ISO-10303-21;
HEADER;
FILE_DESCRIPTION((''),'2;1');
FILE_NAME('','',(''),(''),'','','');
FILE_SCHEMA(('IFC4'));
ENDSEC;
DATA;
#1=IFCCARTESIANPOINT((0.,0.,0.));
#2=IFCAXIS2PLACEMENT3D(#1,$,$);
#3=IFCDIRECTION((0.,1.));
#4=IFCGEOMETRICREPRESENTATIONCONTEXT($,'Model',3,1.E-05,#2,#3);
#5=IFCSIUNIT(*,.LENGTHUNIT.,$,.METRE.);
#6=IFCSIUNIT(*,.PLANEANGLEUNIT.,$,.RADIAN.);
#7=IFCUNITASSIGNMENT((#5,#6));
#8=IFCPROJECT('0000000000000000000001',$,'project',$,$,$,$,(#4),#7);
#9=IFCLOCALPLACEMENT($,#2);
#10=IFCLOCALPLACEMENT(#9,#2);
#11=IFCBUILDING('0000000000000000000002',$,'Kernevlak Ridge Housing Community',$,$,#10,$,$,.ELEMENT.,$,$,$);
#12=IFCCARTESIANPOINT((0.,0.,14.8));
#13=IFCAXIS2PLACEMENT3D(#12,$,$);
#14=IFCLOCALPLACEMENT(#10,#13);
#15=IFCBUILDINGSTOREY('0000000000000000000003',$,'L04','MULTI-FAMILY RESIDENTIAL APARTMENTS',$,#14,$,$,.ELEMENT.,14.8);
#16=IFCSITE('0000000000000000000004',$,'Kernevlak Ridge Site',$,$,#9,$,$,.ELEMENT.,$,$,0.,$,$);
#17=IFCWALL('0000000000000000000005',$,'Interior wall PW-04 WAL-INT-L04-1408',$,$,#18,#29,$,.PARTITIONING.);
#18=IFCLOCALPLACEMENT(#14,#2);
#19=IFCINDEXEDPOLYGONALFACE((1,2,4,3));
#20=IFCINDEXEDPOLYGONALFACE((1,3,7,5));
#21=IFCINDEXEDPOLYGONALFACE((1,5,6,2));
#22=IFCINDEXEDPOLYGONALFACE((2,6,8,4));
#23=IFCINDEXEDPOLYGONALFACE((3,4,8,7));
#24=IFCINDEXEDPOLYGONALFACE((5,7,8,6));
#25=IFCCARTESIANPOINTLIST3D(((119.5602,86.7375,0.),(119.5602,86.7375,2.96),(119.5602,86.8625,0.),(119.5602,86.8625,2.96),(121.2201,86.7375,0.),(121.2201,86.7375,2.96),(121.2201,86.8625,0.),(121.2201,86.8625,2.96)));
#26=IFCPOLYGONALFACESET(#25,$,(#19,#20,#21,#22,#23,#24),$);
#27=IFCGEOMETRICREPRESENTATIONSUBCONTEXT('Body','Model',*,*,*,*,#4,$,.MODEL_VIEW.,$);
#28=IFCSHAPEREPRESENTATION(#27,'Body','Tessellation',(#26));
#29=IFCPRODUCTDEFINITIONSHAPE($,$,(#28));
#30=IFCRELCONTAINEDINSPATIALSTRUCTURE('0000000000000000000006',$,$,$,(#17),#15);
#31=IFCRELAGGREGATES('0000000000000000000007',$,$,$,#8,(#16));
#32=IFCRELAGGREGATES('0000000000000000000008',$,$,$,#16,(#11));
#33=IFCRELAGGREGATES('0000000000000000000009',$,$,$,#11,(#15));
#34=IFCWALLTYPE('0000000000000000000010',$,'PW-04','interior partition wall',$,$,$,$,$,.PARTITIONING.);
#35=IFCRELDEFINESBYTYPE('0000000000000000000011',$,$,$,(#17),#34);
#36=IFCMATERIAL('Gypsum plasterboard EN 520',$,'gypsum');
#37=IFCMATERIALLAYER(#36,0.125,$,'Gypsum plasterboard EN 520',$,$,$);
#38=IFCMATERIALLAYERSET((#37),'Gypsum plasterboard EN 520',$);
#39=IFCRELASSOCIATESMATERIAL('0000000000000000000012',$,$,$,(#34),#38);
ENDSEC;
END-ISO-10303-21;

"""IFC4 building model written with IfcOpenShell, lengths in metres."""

from ifc_helpers import new_model, si_unit, direction, frame, frame_2d, origin, place, context, subcontext, project, spatial, rectangle, extrude, material, layer, layer_set, type_object, element, save


model = new_model("IFC4")

# Units and contexts
model_context = context("Model", 3, precision=1e-05, world=origin(), true_north=direction((0.0, 1.0)))
body_context = subcontext(model_context, "Body", "Model", "MODEL_VIEW")
ifc_project = project(units=[si_unit("LENGTHUNIT", "METRE"), si_unit("PLANEANGLEUNIT", "RADIAN")], contexts=[model_context])

# Site, building, storey
site_placement = place(None, origin())
site = spatial("IfcSite", under=ifc_project, at=site_placement, Name="Kernevlak Ridge Site", CompositionType="ELEMENT", RefElevation=0.0)
building_placement = place(site_placement, origin())
building = spatial("IfcBuilding", under=site, at=building_placement, Name="Kernevlak Ridge Housing Community", CompositionType="ELEMENT")
storey_placement = place(building_placement, frame((0.0, 0.0, 14.8)))
storey = spatial("IfcBuildingStorey", under=building, at=storey_placement, Name="L04", Description="MULTI-FAMILY RESIDENTIAL APARTMENTS", CompositionType="ELEMENT", Elevation=14.8)

# Wall
ifc_material_1 = material(Name="Gypsum plasterboard EN 520", Category="gypsum")
ifc_layer_1 = layer(ifc_material_1, 0.125, Name="Gypsum plasterboard EN 520")
ifc_layer_set_1 = layer_set([ifc_layer_1], Name="Gypsum plasterboard EN 520")
wall_type_1 = type_object("IfcWallType", Name="PW-04", Description="interior partition wall", PredefinedType="PARTITIONING", material=ifc_layer_set_1)
wall_1_placement = place(storey_placement, frame((119.5601, 86.8, 0.0), z_axis=(0.0, 0.0, 1.0), x_axis=(1.0, 0.0, 0.0)))
element("IfcWall", 1, at=wall_1_placement, inside=storey, type_object=wall_type_1, Name="Interior wall PW-04 WAL-INT-L04-1408", PredefinedType="PARTITIONING", context=body_context, shape_type="SweptSolid", body=[
    extrude(rectangle(XDim=1.6599, YDim=0.125, at=frame_2d((0.8301, 0.0))), origin(), (0.0, 0.0, 1.0), 2.96),
])

save(model, "model.ifc")
